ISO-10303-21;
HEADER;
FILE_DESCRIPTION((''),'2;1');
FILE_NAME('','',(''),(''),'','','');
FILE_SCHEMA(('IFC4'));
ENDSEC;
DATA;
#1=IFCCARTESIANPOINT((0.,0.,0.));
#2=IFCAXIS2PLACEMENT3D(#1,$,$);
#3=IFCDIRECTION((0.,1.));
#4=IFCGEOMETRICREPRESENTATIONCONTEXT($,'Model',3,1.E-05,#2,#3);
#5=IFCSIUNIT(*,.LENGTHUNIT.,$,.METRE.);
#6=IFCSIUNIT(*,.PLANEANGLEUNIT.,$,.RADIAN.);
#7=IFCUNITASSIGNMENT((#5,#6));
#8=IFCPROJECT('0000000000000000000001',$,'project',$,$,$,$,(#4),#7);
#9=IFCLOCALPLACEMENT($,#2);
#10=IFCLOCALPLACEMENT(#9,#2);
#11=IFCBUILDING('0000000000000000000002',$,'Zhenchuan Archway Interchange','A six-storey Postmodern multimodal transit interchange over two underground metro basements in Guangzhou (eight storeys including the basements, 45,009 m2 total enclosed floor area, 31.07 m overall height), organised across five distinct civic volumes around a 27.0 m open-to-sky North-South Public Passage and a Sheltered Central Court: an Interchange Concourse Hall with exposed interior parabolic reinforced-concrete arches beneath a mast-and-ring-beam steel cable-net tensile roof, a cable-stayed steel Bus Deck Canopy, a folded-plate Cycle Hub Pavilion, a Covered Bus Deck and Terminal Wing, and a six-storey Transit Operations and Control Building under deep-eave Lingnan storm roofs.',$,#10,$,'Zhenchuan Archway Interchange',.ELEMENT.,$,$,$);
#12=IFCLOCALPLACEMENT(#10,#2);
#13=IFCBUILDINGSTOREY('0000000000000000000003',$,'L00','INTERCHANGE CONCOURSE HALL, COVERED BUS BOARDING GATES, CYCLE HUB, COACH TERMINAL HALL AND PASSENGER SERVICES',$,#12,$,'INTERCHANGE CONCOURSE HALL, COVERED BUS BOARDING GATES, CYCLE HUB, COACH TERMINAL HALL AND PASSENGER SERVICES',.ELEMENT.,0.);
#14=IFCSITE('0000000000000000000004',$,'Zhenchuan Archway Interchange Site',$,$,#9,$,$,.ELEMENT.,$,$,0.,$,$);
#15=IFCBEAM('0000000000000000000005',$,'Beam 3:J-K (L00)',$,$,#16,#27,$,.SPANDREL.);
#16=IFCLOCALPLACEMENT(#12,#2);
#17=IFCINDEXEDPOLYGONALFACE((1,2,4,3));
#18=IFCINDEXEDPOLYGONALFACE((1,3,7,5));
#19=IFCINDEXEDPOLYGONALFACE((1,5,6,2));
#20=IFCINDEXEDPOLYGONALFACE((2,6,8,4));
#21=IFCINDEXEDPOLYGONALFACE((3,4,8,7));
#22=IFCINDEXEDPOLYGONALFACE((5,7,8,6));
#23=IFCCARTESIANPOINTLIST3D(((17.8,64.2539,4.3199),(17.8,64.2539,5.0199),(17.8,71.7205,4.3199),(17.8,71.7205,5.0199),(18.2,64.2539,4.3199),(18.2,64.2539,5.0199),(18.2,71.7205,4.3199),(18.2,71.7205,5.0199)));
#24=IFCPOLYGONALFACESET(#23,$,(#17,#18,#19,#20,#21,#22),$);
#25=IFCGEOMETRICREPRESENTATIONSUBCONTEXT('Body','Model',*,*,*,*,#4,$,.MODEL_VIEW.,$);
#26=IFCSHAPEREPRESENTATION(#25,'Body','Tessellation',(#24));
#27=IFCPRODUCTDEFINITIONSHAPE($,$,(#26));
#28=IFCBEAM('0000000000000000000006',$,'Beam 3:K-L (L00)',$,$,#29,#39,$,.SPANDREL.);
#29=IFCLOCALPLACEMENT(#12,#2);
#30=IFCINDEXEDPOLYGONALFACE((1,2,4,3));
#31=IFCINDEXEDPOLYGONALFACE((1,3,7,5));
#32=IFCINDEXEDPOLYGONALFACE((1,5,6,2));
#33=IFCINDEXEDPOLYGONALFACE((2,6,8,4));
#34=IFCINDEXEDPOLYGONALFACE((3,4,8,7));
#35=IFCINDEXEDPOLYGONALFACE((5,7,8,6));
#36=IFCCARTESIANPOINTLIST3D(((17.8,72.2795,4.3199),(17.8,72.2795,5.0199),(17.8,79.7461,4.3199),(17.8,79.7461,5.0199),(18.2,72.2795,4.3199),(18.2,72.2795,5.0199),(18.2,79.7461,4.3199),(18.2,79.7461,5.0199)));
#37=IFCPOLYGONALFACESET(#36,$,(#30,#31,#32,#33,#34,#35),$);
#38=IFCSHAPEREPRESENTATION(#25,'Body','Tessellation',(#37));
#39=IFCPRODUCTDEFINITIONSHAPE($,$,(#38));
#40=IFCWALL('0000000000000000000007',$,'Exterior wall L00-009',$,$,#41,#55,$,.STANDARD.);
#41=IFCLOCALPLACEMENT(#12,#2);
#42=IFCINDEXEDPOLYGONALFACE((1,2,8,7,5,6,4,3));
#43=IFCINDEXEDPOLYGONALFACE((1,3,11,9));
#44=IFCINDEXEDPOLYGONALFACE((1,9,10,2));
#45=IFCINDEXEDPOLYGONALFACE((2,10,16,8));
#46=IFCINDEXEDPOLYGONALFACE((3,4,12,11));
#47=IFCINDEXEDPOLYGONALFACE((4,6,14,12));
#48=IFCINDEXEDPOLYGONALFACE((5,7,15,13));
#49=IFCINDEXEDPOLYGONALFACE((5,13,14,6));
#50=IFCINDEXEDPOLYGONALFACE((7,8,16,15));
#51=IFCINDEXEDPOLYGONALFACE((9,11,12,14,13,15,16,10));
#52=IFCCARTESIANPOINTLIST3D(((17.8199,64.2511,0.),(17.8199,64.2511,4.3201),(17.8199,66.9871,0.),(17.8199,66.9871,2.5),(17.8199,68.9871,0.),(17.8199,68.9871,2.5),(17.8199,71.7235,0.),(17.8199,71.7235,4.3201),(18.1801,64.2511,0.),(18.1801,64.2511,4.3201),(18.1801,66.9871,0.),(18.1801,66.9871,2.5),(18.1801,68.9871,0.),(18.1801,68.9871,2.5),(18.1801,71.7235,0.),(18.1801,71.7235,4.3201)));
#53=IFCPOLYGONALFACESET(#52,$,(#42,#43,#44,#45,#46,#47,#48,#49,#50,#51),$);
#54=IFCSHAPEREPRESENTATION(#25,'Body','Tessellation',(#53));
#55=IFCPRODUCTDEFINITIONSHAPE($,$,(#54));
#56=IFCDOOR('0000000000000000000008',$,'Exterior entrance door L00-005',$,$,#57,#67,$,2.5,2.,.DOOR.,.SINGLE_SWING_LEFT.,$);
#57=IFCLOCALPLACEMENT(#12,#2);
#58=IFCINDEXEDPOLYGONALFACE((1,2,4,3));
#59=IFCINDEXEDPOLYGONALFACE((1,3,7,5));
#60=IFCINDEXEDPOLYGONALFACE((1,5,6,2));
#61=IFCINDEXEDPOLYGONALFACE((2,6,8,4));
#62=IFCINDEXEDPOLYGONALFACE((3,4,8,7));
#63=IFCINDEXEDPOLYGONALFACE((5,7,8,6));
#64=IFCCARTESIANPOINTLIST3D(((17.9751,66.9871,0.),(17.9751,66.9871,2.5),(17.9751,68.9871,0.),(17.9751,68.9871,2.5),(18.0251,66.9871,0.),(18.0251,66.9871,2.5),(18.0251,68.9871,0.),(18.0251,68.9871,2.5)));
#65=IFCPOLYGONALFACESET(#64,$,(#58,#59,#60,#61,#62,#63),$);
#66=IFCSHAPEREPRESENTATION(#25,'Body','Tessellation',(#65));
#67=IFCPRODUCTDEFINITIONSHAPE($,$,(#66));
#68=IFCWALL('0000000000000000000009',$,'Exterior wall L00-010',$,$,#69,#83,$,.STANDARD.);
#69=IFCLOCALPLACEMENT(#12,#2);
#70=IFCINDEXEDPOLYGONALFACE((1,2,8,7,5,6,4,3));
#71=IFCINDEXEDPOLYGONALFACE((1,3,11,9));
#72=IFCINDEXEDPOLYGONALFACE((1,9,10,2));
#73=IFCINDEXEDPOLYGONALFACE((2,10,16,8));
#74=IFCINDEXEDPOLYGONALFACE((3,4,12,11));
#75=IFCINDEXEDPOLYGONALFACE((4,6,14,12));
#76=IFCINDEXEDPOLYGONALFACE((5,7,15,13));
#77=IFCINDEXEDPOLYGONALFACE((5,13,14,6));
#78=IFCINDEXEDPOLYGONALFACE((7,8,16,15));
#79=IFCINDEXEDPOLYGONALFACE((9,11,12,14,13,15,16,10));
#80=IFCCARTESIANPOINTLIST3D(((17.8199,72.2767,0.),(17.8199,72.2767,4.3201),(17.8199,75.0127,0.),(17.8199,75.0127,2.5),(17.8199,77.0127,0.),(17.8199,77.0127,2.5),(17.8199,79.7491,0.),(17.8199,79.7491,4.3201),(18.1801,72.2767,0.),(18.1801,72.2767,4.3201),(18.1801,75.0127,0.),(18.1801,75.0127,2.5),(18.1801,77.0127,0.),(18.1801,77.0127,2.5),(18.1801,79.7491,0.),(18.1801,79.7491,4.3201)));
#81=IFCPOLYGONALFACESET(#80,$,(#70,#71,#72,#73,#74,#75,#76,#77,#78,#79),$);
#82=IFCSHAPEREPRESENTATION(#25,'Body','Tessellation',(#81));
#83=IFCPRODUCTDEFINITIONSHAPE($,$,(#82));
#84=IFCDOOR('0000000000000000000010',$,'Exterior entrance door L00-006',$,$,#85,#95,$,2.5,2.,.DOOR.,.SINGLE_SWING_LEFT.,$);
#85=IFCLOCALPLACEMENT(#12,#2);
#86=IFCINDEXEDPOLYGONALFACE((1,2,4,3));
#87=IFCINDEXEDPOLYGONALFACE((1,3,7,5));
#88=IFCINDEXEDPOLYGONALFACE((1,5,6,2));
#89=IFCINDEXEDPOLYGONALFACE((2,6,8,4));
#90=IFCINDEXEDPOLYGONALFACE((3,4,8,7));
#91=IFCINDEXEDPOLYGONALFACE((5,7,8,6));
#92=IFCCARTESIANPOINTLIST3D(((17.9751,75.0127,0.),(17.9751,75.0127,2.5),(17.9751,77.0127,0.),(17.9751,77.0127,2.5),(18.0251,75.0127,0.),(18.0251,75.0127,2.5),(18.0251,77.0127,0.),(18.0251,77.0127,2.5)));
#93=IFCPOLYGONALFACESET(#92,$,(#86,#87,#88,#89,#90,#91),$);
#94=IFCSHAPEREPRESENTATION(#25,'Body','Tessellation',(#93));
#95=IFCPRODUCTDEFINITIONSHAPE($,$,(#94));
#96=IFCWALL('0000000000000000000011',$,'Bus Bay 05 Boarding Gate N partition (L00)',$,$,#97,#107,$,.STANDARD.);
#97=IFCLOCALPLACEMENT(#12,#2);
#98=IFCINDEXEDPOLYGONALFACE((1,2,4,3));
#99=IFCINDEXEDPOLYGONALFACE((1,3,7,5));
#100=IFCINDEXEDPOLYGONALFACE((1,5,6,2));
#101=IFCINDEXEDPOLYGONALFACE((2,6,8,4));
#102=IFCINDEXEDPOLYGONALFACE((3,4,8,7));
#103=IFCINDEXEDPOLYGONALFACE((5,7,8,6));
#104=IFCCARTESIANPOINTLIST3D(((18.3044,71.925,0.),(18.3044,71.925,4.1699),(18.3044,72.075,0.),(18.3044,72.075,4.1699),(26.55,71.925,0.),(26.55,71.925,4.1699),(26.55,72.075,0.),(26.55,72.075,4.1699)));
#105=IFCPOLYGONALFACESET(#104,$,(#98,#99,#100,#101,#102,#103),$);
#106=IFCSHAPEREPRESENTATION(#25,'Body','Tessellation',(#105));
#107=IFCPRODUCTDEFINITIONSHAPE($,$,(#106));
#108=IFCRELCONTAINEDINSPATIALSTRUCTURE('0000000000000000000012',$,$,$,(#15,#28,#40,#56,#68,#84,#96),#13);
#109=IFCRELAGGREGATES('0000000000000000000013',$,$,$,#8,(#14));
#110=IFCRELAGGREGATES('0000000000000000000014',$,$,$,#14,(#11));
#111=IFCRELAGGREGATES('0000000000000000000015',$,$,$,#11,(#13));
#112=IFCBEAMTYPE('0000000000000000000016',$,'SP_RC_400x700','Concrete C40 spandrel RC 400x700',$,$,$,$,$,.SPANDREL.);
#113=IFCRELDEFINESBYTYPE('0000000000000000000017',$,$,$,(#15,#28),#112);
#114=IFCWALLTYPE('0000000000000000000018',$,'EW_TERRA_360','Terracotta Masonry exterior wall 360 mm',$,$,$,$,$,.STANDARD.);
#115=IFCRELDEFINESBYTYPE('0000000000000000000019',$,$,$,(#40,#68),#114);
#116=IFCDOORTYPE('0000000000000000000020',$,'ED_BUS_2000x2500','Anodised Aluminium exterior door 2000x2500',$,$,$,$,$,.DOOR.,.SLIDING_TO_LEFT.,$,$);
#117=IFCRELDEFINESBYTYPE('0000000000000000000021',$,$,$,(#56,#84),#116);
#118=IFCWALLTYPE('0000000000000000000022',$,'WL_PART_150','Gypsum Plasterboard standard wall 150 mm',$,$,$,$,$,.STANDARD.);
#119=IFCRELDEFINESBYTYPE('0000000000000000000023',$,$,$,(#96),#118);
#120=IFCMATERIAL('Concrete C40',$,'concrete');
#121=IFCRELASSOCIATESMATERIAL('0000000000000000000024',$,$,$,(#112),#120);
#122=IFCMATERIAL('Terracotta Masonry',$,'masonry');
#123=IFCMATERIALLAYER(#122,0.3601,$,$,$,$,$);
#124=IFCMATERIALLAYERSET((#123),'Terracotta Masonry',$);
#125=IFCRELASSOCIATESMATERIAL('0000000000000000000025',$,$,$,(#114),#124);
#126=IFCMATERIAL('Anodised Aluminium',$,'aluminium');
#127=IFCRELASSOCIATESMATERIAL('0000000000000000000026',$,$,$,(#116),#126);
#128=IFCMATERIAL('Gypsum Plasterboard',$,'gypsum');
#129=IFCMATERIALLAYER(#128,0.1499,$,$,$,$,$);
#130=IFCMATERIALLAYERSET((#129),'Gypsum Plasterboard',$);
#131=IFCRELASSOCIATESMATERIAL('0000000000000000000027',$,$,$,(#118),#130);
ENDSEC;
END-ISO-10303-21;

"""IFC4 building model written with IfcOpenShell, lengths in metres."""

from ifc_helpers import new_model, si_unit, direction, frame, frame_2d, origin, origin_2d, place, context, subcontext, project, spatial, rectangle, extrude, material, layer, layer_set, material_profile, profile_set, type_object, element, fill, save


model = new_model("IFC4")

# Units and contexts
model_context = context("Model", 3, precision=1e-05, world=origin(), true_north=direction((0.0, 1.0)))
body_context = subcontext(model_context, "Body", "Model", "MODEL_VIEW")
ifc_project = project(units=[si_unit("LENGTHUNIT", "METRE"), si_unit("PLANEANGLEUNIT", "RADIAN")], contexts=[model_context])

# Site, building, storey
site_placement = place(None, origin())
site = spatial("IfcSite", under=ifc_project, at=site_placement, Name="Zhenchuan Archway Interchange Site", CompositionType="ELEMENT", RefElevation=0.0)
building_placement = place(site_placement, origin())
building = spatial("IfcBuilding", under=site, at=building_placement, Name="Zhenchuan Archway Interchange", Description="A six-storey Postmodern multimodal transit interchange over two underground metro basements in Guangzhou (eight storeys including the basements, 45,009 m2 total enclosed floor area, 31.07 m overall height), organised across five distinct civic volumes around a 27.0 m open-to-sky North-South Public Passage and a Sheltered Central Court: an Interchange Concourse Hall with exposed interior parabolic reinforced-concrete arches beneath a mast-and-ring-beam steel cable-net tensile roof, a cable-stayed steel Bus Deck Canopy, a folded-plate Cycle Hub Pavilion, a Covered Bus Deck and Terminal Wing, and a six-storey Transit Operations and Control Building under deep-eave Lingnan storm roofs.", LongName="Zhenchuan Archway Interchange", CompositionType="ELEMENT")
storey_placement = place(building_placement, origin())
storey = spatial("IfcBuildingStorey", under=building, at=storey_placement, Name="L00", Description="INTERCHANGE CONCOURSE HALL, COVERED BUS BOARDING GATES, CYCLE HUB, COACH TERMINAL HALL AND PASSENGER SERVICES", LongName="INTERCHANGE CONCOURSE HALL, COVERED BUS BOARDING GATES, CYCLE HUB, COACH TERMINAL HALL AND PASSENGER SERVICES", CompositionType="ELEMENT", Elevation=0.0)

# Shared definitions
ifc_material_1 = material(Name="Concrete C40", Category="concrete")

# Beams
ifc_material_profile_1 = material_profile(ifc_material_1, rectangle(XDim=0.3999, YDim=0.7, at=origin_2d()), Name="RC 400x700")
ifc_profile_set_1 = profile_set([ifc_material_profile_1], Name="Concrete C40")
beam_type_1 = type_object("IfcBeamType", Name="SP_RC_400x700", Description="Concrete C40 spandrel RC 400x700", PredefinedType="SPANDREL", material=ifc_profile_set_1)
for number, where, z_axis, x_axis, name in (
    (1, (18.0, 64.2539, 4.6699), (0.0, 1.0, 0.0), (-1.0, 0.0, 0.0), "Beam 3:J-K (L00)"),
    (2, (18.0, 72.2795, 4.6699), (0.0, 1.0, 0.0), (-1.0, 0.0, 0.0), "Beam 3:K-L (L00)"),
):
    element("IfcBeam", number, at=place(storey_placement, frame(where, z_axis=z_axis, x_axis=x_axis)), inside=storey, type_object=beam_type_1, Name=name, PredefinedType="SPANDREL", context=body_context, shape_type="SweptSolid", body=[
        extrude(rectangle(XDim=0.3999, YDim=0.7, at=origin_2d()), origin(), (0.0, 0.0, 1.0), 7.4666),
    ])

# Walls, openings, doors
ifc_material_2 = material(Name="Terracotta Masonry", Category="masonry")
ifc_layer_1 = layer(ifc_material_2, 0.3601)
ifc_layer_set_1 = layer_set([ifc_layer_1], Name="Terracotta Masonry")
wall_type_1 = type_object("IfcWallType", Name="EW_TERRA_360", Description="Terracotta Masonry exterior wall 360 mm", PredefinedType="STANDARD", material=ifc_layer_set_1)
wall_1_placement = place(storey_placement, frame((18.0, 64.251, 0.0), z_axis=(0.0, 0.0, 1.0), x_axis=(0.0, 1.0, 0.0)))
wall_1 = element("IfcWall", 3, at=wall_1_placement, inside=storey, type_object=wall_type_1, Name="Exterior wall L00-009", PredefinedType="STANDARD", context=body_context, shape_type="SweptSolid", body=[
    extrude(rectangle(XDim=7.4724, YDim=0.3601, at=frame_2d((3.7363, 0.0))), origin(), (0.0, 0.0, 1.0), 4.3201),
])
opening_1_placement = place(wall_1_placement, frame((2.7361, 0.0, 0.0)))
opening_1 = element("IfcOpeningElement", 4, at=opening_1_placement, cuts=wall_1, PredefinedType="OPENING", context=body_context, shape_type="SweptSolid", body=[
    extrude(rectangle(XDim=2.0, YDim=2.5, at=frame_2d((1.0, 1.25))), frame((0.0, 0.1919, 0.0), z_axis=(0.0, -1.0, 0.0), x_axis=(1.0, 0.0, 0.0)), (0.0, 0.0, 1.0), 0.384),
])
ifc_material_3 = material(Name="Anodised Aluminium", Category="aluminium")
door_type = type_object("IfcDoorType", Name="ED_BUS_2000x2500", Description="Anodised Aluminium exterior door 2000x2500", OperationType="SLIDING_TO_LEFT", PredefinedType="DOOR", material=ifc_material_3)
door_1_placement = place(opening_1_placement, origin())
door_1 = element("IfcDoor", 5, at=door_1_placement, inside=storey, type_object=door_type, Name="Exterior entrance door L00-005", OperationType="SINGLE_SWING_LEFT", OverallHeight=2.5, OverallWidth=2.0, PredefinedType="DOOR", context=body_context, shape_type="SweptSolid", body=[
    extrude(rectangle(XDim=2.0, YDim=2.5, at=frame_2d((1.0, 1.25))), frame((0.0, 0.0249, 0.0), z_axis=(0.0, -1.0, 0.0), x_axis=(1.0, 0.0, 0.0)), (0.0, 0.0, 1.0), 0.05),
])
fill(opening_1, door_1)
wall_2_placement = place(storey_placement, frame((18.0, 72.2766, 0.0), z_axis=(0.0, 0.0, 1.0), x_axis=(0.0, 1.0, 0.0)))
wall_2 = element("IfcWall", 6, at=wall_2_placement, inside=storey, type_object=wall_type_1, Name="Exterior wall L00-010", PredefinedType="STANDARD", context=body_context, shape_type="SweptSolid", body=[
    extrude(rectangle(XDim=7.4724, YDim=0.3601, at=frame_2d((3.7363, 0.0))), origin(), (0.0, 0.0, 1.0), 4.3201),
])
opening_2_placement = place(wall_2_placement, frame((2.7361, 0.0, 0.0)))
opening_2 = element("IfcOpeningElement", 7, at=opening_2_placement, cuts=wall_2, PredefinedType="OPENING", context=body_context, shape_type="SweptSolid", body=[
    extrude(rectangle(XDim=2.0, YDim=2.5, at=frame_2d((1.0, 1.25))), frame((0.0, 0.1919, 0.0), z_axis=(0.0, -1.0, 0.0), x_axis=(1.0, 0.0, 0.0)), (0.0, 0.0, 1.0), 0.384),
])
door_2_placement = place(opening_2_placement, origin())
door_2 = element("IfcDoor", 8, at=door_2_placement, inside=storey, type_object=door_type, Name="Exterior entrance door L00-006", OperationType="SINGLE_SWING_LEFT", OverallHeight=2.5, OverallWidth=2.0, PredefinedType="DOOR", context=body_context, shape_type="SweptSolid", body=[
    extrude(rectangle(XDim=2.0, YDim=2.5, at=frame_2d((1.0, 1.25))), frame((0.0, 0.0249, 0.0), z_axis=(0.0, -1.0, 0.0), x_axis=(1.0, 0.0, 0.0)), (0.0, 0.0, 1.0), 0.05),
])
fill(opening_2, door_2)

# Wall
ifc_material_4 = material(Name="Gypsum Plasterboard", Category="gypsum")
ifc_layer_2 = layer(ifc_material_4, 0.1499)
ifc_layer_set_2 = layer_set([ifc_layer_2], Name="Gypsum Plasterboard")
wall_type_2 = type_object("IfcWallType", Name="WL_PART_150", Description="Gypsum Plasterboard standard wall 150 mm", PredefinedType="STANDARD", material=ifc_layer_set_2)
wall_3_placement = place(storey_placement, frame((18.3044, 72.0, 0.0), z_axis=(0.0, 0.0, 1.0), x_axis=(1.0, 0.0, 0.0)))
element("IfcWall", 9, at=wall_3_placement, inside=storey, type_object=wall_type_2, Name="Bus Bay 05 Boarding Gate N partition (L00)", PredefinedType="STANDARD", context=body_context, shape_type="SweptSolid", body=[
    extrude(rectangle(XDim=8.2456, YDim=0.1499, at=frame_2d((4.1228, 0.0))), origin(), (0.0, 0.0, 1.0), 4.1699),
])

save(model, "model.ifc")
